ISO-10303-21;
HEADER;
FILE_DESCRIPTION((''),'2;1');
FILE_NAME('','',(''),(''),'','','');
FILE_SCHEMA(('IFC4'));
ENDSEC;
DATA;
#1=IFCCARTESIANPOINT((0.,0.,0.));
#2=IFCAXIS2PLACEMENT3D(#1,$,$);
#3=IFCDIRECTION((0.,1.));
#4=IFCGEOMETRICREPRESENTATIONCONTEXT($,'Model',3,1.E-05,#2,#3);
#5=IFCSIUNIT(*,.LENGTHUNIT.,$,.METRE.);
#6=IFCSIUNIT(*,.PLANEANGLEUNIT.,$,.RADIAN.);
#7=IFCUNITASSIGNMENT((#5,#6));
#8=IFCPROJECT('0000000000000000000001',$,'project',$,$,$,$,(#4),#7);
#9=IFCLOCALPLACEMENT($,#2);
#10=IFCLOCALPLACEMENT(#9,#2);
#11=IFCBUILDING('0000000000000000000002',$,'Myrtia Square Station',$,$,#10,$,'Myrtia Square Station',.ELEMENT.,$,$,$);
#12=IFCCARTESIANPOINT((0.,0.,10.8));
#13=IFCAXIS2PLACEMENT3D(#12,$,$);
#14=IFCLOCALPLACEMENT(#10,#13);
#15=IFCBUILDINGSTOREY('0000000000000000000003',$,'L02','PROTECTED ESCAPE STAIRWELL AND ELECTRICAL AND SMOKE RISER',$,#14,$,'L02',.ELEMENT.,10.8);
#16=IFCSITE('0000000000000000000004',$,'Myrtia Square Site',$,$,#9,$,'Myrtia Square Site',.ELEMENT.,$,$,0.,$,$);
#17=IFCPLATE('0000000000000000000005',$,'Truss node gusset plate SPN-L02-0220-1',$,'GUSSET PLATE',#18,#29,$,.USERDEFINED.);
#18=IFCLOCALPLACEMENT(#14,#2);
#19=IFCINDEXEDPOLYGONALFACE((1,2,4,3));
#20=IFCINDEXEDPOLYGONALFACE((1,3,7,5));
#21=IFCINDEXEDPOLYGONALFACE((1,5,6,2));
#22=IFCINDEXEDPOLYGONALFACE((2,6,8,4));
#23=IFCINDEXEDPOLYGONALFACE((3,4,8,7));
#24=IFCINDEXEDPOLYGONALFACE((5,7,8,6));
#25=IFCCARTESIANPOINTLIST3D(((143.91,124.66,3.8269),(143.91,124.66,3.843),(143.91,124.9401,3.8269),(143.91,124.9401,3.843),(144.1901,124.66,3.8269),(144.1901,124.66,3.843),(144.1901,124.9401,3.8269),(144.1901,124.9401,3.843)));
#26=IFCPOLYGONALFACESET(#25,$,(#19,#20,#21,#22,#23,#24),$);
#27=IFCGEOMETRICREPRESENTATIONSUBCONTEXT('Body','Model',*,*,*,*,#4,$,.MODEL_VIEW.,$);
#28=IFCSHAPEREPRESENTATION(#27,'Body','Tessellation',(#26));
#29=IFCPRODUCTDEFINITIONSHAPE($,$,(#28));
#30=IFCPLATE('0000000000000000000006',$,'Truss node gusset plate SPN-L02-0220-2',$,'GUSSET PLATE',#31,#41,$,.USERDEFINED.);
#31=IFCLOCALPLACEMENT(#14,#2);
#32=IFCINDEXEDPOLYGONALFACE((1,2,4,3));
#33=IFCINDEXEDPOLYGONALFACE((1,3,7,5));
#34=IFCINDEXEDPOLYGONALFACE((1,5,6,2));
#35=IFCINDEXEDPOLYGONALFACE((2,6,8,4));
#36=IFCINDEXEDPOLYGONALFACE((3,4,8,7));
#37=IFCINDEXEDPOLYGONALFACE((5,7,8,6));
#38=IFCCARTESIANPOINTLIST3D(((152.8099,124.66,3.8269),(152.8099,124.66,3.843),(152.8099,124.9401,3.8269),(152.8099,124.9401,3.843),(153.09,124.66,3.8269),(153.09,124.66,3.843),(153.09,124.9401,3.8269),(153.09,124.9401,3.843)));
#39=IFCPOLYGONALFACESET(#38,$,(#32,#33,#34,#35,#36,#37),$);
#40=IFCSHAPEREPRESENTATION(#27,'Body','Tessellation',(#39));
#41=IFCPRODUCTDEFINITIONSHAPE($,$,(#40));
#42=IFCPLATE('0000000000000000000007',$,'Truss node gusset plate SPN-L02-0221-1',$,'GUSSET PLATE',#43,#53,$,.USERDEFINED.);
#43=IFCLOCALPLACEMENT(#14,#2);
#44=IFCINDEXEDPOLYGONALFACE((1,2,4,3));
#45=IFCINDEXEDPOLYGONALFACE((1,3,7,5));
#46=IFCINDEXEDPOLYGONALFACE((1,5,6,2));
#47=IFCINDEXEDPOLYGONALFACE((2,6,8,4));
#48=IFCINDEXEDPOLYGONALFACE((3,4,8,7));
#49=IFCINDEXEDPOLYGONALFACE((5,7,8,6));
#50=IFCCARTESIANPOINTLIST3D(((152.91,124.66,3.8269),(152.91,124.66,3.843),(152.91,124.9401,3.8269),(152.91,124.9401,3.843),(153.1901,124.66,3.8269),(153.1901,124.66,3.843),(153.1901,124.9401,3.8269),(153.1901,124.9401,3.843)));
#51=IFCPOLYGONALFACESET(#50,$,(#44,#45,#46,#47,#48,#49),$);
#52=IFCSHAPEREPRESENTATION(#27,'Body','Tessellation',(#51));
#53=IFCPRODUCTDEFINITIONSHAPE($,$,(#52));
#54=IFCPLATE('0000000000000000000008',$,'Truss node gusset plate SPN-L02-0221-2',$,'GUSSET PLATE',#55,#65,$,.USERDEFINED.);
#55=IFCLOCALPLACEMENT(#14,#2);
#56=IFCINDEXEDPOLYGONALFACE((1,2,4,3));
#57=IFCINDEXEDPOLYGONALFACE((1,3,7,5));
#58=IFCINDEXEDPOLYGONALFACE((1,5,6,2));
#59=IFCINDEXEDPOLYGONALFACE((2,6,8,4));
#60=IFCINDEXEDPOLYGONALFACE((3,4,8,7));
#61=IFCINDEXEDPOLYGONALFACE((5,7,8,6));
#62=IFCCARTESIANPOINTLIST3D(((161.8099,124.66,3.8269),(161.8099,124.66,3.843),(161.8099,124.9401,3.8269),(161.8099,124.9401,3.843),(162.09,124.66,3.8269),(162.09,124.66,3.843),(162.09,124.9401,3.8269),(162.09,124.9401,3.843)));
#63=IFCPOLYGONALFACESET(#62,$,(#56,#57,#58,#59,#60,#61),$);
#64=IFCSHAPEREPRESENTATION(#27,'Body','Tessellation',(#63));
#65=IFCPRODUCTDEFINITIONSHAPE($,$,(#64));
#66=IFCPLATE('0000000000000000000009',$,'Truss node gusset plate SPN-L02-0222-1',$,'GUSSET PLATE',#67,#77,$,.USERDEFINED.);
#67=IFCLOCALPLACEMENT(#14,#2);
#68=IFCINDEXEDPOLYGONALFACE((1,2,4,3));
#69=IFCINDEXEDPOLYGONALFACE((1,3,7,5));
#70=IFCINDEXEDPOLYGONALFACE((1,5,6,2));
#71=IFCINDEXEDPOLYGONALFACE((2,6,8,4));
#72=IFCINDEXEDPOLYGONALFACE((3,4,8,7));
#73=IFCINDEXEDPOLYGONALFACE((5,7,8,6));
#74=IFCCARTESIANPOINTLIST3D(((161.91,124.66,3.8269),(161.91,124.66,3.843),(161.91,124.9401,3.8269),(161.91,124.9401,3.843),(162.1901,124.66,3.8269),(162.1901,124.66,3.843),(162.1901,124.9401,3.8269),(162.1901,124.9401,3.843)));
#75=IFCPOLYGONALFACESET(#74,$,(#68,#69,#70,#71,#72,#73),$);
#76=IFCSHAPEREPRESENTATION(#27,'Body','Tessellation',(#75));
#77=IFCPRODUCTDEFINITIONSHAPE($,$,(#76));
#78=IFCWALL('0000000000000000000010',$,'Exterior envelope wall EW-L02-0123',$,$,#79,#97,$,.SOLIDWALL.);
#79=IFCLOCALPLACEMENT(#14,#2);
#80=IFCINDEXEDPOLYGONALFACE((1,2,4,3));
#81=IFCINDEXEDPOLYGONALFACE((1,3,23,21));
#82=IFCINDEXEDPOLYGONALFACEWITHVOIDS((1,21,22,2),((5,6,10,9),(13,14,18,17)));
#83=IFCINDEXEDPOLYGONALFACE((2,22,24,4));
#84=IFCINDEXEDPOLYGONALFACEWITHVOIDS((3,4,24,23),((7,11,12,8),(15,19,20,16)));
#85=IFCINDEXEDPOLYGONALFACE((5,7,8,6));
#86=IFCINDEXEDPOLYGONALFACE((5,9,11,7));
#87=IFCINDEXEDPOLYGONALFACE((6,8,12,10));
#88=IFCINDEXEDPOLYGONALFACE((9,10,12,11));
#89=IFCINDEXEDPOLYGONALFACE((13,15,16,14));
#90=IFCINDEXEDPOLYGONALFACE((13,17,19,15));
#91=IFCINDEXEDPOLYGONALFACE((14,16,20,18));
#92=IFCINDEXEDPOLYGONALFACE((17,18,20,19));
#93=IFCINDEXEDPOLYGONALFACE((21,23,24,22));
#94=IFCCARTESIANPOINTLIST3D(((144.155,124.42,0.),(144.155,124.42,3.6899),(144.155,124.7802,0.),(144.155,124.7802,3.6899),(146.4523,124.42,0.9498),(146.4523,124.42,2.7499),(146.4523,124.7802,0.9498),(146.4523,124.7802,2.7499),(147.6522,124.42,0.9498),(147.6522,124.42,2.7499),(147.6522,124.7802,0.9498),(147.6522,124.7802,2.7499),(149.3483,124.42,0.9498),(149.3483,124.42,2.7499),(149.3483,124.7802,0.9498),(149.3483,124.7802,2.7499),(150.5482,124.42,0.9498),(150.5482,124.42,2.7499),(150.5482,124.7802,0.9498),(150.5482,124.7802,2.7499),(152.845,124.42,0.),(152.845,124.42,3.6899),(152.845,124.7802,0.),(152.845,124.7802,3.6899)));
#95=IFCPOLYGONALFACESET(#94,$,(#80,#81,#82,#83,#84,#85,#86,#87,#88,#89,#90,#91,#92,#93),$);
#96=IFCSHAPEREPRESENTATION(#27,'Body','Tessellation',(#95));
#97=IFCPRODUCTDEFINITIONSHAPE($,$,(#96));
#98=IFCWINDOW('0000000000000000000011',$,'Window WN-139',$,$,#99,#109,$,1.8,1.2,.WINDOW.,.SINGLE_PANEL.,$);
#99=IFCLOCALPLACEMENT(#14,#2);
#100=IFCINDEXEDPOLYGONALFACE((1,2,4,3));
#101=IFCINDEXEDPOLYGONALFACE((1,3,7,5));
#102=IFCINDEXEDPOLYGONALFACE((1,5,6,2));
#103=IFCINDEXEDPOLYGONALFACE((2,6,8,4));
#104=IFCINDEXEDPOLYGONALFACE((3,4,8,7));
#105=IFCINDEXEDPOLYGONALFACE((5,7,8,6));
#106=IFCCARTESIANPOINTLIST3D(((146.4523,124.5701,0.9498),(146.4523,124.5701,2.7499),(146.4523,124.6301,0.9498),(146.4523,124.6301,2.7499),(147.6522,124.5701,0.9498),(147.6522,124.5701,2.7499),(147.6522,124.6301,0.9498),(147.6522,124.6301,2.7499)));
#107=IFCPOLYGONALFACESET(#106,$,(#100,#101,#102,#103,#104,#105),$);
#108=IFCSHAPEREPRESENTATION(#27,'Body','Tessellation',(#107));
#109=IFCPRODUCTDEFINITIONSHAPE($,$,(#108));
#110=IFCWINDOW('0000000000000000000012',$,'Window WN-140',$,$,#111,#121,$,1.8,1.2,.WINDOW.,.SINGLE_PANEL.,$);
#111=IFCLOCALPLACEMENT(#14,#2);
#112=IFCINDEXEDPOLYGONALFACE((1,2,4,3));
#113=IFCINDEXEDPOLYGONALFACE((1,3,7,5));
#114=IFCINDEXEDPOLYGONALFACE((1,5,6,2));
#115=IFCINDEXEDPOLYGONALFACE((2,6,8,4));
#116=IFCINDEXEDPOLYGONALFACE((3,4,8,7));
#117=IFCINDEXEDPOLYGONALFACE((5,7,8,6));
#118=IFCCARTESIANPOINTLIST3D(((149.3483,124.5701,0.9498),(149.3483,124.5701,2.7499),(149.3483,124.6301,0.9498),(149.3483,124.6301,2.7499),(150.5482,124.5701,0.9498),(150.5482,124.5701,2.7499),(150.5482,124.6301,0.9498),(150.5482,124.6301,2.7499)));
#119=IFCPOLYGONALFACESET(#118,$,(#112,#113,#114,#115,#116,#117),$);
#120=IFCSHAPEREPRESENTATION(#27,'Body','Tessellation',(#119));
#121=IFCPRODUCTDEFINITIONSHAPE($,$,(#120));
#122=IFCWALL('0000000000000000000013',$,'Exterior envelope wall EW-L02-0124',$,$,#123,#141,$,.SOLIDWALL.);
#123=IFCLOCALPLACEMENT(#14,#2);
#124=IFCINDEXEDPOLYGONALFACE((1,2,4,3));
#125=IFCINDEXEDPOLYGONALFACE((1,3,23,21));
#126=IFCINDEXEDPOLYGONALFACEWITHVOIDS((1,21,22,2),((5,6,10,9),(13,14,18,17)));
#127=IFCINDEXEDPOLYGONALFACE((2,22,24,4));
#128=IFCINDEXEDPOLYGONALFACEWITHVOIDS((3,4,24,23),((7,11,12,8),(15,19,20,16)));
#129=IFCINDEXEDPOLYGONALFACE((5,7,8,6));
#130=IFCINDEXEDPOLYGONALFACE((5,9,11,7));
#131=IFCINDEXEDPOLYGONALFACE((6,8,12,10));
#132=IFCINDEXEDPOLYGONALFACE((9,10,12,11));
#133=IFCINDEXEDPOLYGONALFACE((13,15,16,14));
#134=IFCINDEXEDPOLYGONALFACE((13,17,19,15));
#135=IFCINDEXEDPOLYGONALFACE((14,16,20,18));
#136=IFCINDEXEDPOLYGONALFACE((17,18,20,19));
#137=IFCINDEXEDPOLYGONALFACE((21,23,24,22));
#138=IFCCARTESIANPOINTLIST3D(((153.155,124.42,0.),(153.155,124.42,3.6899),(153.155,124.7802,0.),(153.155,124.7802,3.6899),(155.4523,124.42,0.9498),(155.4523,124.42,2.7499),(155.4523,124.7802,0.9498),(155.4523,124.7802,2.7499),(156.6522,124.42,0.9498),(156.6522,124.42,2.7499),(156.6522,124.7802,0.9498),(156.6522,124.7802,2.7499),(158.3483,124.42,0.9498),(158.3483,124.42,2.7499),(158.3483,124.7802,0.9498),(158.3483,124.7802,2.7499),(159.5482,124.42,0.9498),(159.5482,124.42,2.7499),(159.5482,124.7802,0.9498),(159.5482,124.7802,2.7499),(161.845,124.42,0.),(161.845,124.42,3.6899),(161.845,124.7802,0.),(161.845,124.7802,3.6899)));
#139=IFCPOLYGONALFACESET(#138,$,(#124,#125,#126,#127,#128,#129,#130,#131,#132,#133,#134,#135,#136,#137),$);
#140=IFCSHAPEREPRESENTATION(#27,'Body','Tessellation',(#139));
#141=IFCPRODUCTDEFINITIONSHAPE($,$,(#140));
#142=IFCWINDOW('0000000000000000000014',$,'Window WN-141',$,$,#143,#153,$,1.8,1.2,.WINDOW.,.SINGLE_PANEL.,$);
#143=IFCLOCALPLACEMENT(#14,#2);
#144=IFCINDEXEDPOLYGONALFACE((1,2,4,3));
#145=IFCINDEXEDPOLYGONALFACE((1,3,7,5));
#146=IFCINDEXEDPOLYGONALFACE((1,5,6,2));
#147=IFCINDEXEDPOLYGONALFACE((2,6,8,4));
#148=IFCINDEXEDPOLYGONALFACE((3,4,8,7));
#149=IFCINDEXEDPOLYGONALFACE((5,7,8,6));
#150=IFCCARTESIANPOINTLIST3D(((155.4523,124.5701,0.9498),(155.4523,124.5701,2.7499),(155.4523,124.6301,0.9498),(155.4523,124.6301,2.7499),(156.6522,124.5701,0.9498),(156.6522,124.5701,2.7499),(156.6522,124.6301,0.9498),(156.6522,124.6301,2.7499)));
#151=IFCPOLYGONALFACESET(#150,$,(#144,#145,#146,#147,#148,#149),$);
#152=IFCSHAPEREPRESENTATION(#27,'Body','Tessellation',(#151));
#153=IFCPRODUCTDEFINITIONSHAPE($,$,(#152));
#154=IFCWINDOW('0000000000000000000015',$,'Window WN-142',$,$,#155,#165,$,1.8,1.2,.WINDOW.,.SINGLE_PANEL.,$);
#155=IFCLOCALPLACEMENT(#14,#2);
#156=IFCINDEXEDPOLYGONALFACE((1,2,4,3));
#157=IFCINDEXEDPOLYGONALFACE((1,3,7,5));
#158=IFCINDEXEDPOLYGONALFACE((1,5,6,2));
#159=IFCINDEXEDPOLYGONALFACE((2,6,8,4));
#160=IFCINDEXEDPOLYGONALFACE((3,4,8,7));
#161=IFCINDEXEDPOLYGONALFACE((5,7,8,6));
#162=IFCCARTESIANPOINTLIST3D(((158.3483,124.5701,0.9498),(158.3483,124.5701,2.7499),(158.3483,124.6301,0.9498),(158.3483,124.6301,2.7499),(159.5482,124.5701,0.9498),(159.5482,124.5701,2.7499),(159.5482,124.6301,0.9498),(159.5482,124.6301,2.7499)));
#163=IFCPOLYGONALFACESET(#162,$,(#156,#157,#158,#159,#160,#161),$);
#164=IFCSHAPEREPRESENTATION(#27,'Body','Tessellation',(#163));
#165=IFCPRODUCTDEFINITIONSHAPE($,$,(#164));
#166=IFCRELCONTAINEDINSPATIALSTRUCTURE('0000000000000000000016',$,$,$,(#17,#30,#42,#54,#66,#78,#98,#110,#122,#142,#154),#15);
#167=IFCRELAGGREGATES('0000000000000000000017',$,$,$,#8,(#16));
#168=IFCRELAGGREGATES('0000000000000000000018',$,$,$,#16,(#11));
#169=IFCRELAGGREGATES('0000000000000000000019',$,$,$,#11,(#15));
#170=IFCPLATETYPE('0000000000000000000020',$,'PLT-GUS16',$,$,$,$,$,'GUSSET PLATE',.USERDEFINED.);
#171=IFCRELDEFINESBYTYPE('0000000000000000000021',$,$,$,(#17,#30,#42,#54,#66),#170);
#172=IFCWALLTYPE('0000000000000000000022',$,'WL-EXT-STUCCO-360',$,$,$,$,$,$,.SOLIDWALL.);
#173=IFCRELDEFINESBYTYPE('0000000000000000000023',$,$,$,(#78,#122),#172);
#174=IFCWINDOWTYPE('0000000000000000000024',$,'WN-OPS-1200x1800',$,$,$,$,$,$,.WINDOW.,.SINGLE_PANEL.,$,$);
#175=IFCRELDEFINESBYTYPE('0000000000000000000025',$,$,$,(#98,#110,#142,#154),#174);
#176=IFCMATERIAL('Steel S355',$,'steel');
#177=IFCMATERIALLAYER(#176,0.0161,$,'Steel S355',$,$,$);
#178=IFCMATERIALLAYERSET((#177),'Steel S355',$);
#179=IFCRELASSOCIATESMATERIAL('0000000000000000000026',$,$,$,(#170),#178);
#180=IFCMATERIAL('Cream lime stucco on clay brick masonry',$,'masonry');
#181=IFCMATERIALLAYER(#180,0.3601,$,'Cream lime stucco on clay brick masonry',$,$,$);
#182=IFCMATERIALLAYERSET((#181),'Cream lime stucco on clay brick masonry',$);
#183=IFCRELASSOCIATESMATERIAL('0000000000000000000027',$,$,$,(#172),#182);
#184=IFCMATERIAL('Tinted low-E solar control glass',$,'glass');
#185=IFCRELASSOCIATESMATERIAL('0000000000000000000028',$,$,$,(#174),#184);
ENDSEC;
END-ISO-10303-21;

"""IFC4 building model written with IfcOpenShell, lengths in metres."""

from ifc_helpers import new_model, si_unit, direction, frame, frame_2d, origin, origin_2d, place, context, subcontext, project, spatial, rectangle, extrude, material, layer, layer_set, type_object, element, fill, save


model = new_model("IFC4")

# Units and contexts
model_context = context("Model", 3, precision=1e-05, world=origin(), true_north=direction((0.0, 1.0)))
body_context = subcontext(model_context, "Body", "Model", "MODEL_VIEW")
ifc_project = project(units=[si_unit("LENGTHUNIT", "METRE"), si_unit("PLANEANGLEUNIT", "RADIAN")], contexts=[model_context])

# Site, building, storey
site_placement = place(None, origin())
site = spatial("IfcSite", under=ifc_project, at=site_placement, Name="Myrtia Square Site", LongName="Myrtia Square Site", CompositionType="ELEMENT", RefElevation=0.0)
building_placement = place(site_placement, origin())
building = spatial("IfcBuilding", under=site, at=building_placement, Name="Myrtia Square Station", LongName="Myrtia Square Station", CompositionType="ELEMENT")
storey_placement = place(building_placement, frame((0.0, 0.0, 10.8)))
storey = spatial("IfcBuildingStorey", under=building, at=storey_placement, Name="L02", Description="PROTECTED ESCAPE STAIRWELL AND ELECTRICAL AND SMOKE RISER", LongName="L02", CompositionType="ELEMENT", Elevation=10.8)

# Shared definitions
ifc_material_1 = material(Name="Steel S355", Category="steel")

# Plates
ifc_layer_1 = layer(ifc_material_1, 0.0161, Name="Steel S355")
ifc_layer_set_1 = layer_set([ifc_layer_1], Name="Steel S355")
plate_type = type_object("IfcPlateType", Name="PLT-GUS16", ElementType="GUSSET PLATE", PredefinedType="USERDEFINED", material=ifc_layer_set_1)
for number, where, z_axis, x_axis, name in (
    (1, (144.05, 124.8, 3.8269), (0.0, 0.0, 1.0), (1.0, 0.0, 0.0), "Truss node gusset plate SPN-L02-0220-1"),
    (2, (152.95, 124.8, 3.8269), (0.0, 0.0, 1.0), (1.0, 0.0, 0.0), "Truss node gusset plate SPN-L02-0220-2"),
    (3, (153.05, 124.8, 3.8269), (0.0, 0.0, 1.0), (1.0, 0.0, 0.0), "Truss node gusset plate SPN-L02-0221-1"),
    (4, (161.95, 124.8, 3.8269), (0.0, 0.0, 1.0), (1.0, 0.0, 0.0), "Truss node gusset plate SPN-L02-0221-2"),
    (5, (162.05, 124.8, 3.8269), (0.0, 0.0, 1.0), (1.0, 0.0, 0.0), "Truss node gusset plate SPN-L02-0222-1"),
):
    element("IfcPlate", number, at=place(storey_placement, frame(where, z_axis=z_axis, x_axis=x_axis)), inside=storey, type_object=plate_type, Name=name, ObjectType="GUSSET PLATE", PredefinedType="USERDEFINED", context=body_context, shape_type="SweptSolid", body=[
        extrude(rectangle(XDim=0.28, YDim=0.28, at=origin_2d()), origin(), (0.0, 0.0, 1.0), 0.0161),
    ])

# Walls, openings, windows
ifc_material_2 = material(Name="Cream lime stucco on clay brick masonry", Category="masonry")
ifc_layer_2 = layer(ifc_material_2, 0.3601, Name="Cream lime stucco on clay brick masonry")
ifc_layer_set_2 = layer_set([ifc_layer_2], Name="Cream lime stucco on clay brick masonry")
wall_type = type_object("IfcWallType", Name="WL-EXT-STUCCO-360", PredefinedType="SOLIDWALL", material=ifc_layer_set_2)
wall_1_placement = place(storey_placement, frame((144.155, 124.6001, 0.0), z_axis=(0.0, 0.0, 1.0), x_axis=(1.0, 0.0, 0.0)))
wall_1 = element("IfcWall", 6, at=wall_1_placement, inside=storey, type_object=wall_type, Name="Exterior envelope wall EW-L02-0123", PredefinedType="SOLIDWALL", context=body_context, shape_type="SweptSolid", body=[
    extrude(rectangle(XDim=8.6899, YDim=0.3601, at=frame_2d((4.345, 0.0))), origin(), (0.0, 0.0, 1.0), 3.6899),
])
opening_1_placement = place(wall_1_placement, frame((2.2971, 0.0, 0.95)))
opening_1 = element("IfcOpeningElement", 7, at=opening_1_placement, cuts=wall_1, PredefinedType="OPENING", context=body_context, shape_type="SweptSolid", body=[
    extrude(rectangle(XDim=1.2, YDim=1.8, at=frame_2d((0.6001, 0.8999))), frame((0.0, 0.1951, 0.0), z_axis=(0.0, -1.0, 0.0), x_axis=(1.0, 0.0, 0.0)), (0.0, 0.0, 1.0), 0.3901),
])
opening_2_placement = place(wall_1_placement, frame((5.1931, 0.0, 0.95)))
opening_2 = element("IfcOpeningElement", 8, at=opening_2_placement, cuts=wall_1, PredefinedType="OPENING", context=body_context, shape_type="SweptSolid", body=[
    extrude(rectangle(XDim=1.2, YDim=1.8, at=frame_2d((0.6001, 0.8999))), frame((0.0, 0.1951, 0.0), z_axis=(0.0, -1.0, 0.0), x_axis=(1.0, 0.0, 0.0)), (0.0, 0.0, 1.0), 0.3901),
])
ifc_material_3 = material(Name="Tinted low-E solar control glass", Category="glass")
window_type = type_object("IfcWindowType", Name="WN-OPS-1200x1800", PartitioningType="SINGLE_PANEL", PredefinedType="WINDOW", material=ifc_material_3)
window_1_placement = place(opening_1_placement, origin())
window_1 = element("IfcWindow", 9, at=window_1_placement, inside=storey, type_object=window_type, Name="Window WN-139", OverallHeight=1.8, OverallWidth=1.2, PartitioningType="SINGLE_PANEL", PredefinedType="WINDOW", context=body_context, shape_type="SweptSolid", body=[
    extrude(rectangle(XDim=1.2, YDim=1.8, at=frame_2d((0.6001, 0.8999))), frame((0.0, 0.03, 0.0), z_axis=(0.0, -1.0, 0.0), x_axis=(1.0, 0.0, 0.0)), (0.0, 0.0, 1.0), 0.0601),
])
fill(opening_1, window_1)
window_2_placement = place(opening_2_placement, origin())
window_2 = element("IfcWindow", 10, at=window_2_placement, inside=storey, type_object=window_type, Name="Window WN-140", OverallHeight=1.8, OverallWidth=1.2, PartitioningType="SINGLE_PANEL", PredefinedType="WINDOW", context=body_context, shape_type="SweptSolid", body=[
    extrude(rectangle(XDim=1.2, YDim=1.8, at=frame_2d((0.6001, 0.8999))), frame((0.0, 0.03, 0.0), z_axis=(0.0, -1.0, 0.0), x_axis=(1.0, 0.0, 0.0)), (0.0, 0.0, 1.0), 0.0601),
])
fill(opening_2, window_2)
wall_2_placement = place(storey_placement, frame((153.155, 124.6001, 0.0), z_axis=(0.0, 0.0, 1.0), x_axis=(1.0, 0.0, 0.0)))
wall_2 = element("IfcWall", 11, at=wall_2_placement, inside=storey, type_object=wall_type, Name="Exterior envelope wall EW-L02-0124", PredefinedType="SOLIDWALL", context=body_context, shape_type="SweptSolid", body=[
    extrude(rectangle(XDim=8.6899, YDim=0.3601, at=frame_2d((4.345, 0.0))), origin(), (0.0, 0.0, 1.0), 3.6899),
])
opening_3_placement = place(wall_2_placement, frame((2.2971, 0.0, 0.95)))
opening_3 = element("IfcOpeningElement", 12, at=opening_3_placement, cuts=wall_2, PredefinedType="OPENING", context=body_context, shape_type="SweptSolid", body=[
    extrude(rectangle(XDim=1.2, YDim=1.8, at=frame_2d((0.6001, 0.8999))), frame((0.0, 0.1951, 0.0), z_axis=(0.0, -1.0, 0.0), x_axis=(1.0, 0.0, 0.0)), (0.0, 0.0, 1.0), 0.3901),
])
opening_4_placement = place(wall_2_placement, frame((5.1931, 0.0, 0.95)))
opening_4 = element("IfcOpeningElement", 13, at=opening_4_placement, cuts=wall_2, PredefinedType="OPENING", context=body_context, shape_type="SweptSolid", body=[
    extrude(rectangle(XDim=1.2, YDim=1.8, at=frame_2d((0.6001, 0.8999))), frame((0.0, 0.1951, 0.0), z_axis=(0.0, -1.0, 0.0), x_axis=(1.0, 0.0, 0.0)), (0.0, 0.0, 1.0), 0.3901),
])
window_3_placement = place(opening_3_placement, origin())
window_3 = element("IfcWindow", 14, at=window_3_placement, inside=storey, type_object=window_type, Name="Window WN-141", OverallHeight=1.8, OverallWidth=1.2, PartitioningType="SINGLE_PANEL", PredefinedType="WINDOW", context=body_context, shape_type="SweptSolid", body=[
    extrude(rectangle(XDim=1.2, YDim=1.8, at=frame_2d((0.6001, 0.8999))), frame((0.0, 0.03, 0.0), z_axis=(0.0, -1.0, 0.0), x_axis=(1.0, 0.0, 0.0)), (0.0, 0.0, 1.0), 0.0601),
])
fill(opening_3, window_3)
window_4_placement = place(opening_4_placement, origin())
window_4 = element("IfcWindow", 15, at=window_4_placement, inside=storey, type_object=window_type, Name="Window WN-142", OverallHeight=1.8, OverallWidth=1.2, PartitioningType="SINGLE_PANEL", PredefinedType="WINDOW", context=body_context, shape_type="SweptSolid", body=[
    extrude(rectangle(XDim=1.2, YDim=1.8, at=frame_2d((0.6001, 0.8999))), frame((0.0, 0.03, 0.0), z_axis=(0.0, -1.0, 0.0), x_axis=(1.0, 0.0, 0.0)), (0.0, 0.0, 1.0), 0.0601),
])
fill(opening_4, window_4)

save(model, "model.ifc")
